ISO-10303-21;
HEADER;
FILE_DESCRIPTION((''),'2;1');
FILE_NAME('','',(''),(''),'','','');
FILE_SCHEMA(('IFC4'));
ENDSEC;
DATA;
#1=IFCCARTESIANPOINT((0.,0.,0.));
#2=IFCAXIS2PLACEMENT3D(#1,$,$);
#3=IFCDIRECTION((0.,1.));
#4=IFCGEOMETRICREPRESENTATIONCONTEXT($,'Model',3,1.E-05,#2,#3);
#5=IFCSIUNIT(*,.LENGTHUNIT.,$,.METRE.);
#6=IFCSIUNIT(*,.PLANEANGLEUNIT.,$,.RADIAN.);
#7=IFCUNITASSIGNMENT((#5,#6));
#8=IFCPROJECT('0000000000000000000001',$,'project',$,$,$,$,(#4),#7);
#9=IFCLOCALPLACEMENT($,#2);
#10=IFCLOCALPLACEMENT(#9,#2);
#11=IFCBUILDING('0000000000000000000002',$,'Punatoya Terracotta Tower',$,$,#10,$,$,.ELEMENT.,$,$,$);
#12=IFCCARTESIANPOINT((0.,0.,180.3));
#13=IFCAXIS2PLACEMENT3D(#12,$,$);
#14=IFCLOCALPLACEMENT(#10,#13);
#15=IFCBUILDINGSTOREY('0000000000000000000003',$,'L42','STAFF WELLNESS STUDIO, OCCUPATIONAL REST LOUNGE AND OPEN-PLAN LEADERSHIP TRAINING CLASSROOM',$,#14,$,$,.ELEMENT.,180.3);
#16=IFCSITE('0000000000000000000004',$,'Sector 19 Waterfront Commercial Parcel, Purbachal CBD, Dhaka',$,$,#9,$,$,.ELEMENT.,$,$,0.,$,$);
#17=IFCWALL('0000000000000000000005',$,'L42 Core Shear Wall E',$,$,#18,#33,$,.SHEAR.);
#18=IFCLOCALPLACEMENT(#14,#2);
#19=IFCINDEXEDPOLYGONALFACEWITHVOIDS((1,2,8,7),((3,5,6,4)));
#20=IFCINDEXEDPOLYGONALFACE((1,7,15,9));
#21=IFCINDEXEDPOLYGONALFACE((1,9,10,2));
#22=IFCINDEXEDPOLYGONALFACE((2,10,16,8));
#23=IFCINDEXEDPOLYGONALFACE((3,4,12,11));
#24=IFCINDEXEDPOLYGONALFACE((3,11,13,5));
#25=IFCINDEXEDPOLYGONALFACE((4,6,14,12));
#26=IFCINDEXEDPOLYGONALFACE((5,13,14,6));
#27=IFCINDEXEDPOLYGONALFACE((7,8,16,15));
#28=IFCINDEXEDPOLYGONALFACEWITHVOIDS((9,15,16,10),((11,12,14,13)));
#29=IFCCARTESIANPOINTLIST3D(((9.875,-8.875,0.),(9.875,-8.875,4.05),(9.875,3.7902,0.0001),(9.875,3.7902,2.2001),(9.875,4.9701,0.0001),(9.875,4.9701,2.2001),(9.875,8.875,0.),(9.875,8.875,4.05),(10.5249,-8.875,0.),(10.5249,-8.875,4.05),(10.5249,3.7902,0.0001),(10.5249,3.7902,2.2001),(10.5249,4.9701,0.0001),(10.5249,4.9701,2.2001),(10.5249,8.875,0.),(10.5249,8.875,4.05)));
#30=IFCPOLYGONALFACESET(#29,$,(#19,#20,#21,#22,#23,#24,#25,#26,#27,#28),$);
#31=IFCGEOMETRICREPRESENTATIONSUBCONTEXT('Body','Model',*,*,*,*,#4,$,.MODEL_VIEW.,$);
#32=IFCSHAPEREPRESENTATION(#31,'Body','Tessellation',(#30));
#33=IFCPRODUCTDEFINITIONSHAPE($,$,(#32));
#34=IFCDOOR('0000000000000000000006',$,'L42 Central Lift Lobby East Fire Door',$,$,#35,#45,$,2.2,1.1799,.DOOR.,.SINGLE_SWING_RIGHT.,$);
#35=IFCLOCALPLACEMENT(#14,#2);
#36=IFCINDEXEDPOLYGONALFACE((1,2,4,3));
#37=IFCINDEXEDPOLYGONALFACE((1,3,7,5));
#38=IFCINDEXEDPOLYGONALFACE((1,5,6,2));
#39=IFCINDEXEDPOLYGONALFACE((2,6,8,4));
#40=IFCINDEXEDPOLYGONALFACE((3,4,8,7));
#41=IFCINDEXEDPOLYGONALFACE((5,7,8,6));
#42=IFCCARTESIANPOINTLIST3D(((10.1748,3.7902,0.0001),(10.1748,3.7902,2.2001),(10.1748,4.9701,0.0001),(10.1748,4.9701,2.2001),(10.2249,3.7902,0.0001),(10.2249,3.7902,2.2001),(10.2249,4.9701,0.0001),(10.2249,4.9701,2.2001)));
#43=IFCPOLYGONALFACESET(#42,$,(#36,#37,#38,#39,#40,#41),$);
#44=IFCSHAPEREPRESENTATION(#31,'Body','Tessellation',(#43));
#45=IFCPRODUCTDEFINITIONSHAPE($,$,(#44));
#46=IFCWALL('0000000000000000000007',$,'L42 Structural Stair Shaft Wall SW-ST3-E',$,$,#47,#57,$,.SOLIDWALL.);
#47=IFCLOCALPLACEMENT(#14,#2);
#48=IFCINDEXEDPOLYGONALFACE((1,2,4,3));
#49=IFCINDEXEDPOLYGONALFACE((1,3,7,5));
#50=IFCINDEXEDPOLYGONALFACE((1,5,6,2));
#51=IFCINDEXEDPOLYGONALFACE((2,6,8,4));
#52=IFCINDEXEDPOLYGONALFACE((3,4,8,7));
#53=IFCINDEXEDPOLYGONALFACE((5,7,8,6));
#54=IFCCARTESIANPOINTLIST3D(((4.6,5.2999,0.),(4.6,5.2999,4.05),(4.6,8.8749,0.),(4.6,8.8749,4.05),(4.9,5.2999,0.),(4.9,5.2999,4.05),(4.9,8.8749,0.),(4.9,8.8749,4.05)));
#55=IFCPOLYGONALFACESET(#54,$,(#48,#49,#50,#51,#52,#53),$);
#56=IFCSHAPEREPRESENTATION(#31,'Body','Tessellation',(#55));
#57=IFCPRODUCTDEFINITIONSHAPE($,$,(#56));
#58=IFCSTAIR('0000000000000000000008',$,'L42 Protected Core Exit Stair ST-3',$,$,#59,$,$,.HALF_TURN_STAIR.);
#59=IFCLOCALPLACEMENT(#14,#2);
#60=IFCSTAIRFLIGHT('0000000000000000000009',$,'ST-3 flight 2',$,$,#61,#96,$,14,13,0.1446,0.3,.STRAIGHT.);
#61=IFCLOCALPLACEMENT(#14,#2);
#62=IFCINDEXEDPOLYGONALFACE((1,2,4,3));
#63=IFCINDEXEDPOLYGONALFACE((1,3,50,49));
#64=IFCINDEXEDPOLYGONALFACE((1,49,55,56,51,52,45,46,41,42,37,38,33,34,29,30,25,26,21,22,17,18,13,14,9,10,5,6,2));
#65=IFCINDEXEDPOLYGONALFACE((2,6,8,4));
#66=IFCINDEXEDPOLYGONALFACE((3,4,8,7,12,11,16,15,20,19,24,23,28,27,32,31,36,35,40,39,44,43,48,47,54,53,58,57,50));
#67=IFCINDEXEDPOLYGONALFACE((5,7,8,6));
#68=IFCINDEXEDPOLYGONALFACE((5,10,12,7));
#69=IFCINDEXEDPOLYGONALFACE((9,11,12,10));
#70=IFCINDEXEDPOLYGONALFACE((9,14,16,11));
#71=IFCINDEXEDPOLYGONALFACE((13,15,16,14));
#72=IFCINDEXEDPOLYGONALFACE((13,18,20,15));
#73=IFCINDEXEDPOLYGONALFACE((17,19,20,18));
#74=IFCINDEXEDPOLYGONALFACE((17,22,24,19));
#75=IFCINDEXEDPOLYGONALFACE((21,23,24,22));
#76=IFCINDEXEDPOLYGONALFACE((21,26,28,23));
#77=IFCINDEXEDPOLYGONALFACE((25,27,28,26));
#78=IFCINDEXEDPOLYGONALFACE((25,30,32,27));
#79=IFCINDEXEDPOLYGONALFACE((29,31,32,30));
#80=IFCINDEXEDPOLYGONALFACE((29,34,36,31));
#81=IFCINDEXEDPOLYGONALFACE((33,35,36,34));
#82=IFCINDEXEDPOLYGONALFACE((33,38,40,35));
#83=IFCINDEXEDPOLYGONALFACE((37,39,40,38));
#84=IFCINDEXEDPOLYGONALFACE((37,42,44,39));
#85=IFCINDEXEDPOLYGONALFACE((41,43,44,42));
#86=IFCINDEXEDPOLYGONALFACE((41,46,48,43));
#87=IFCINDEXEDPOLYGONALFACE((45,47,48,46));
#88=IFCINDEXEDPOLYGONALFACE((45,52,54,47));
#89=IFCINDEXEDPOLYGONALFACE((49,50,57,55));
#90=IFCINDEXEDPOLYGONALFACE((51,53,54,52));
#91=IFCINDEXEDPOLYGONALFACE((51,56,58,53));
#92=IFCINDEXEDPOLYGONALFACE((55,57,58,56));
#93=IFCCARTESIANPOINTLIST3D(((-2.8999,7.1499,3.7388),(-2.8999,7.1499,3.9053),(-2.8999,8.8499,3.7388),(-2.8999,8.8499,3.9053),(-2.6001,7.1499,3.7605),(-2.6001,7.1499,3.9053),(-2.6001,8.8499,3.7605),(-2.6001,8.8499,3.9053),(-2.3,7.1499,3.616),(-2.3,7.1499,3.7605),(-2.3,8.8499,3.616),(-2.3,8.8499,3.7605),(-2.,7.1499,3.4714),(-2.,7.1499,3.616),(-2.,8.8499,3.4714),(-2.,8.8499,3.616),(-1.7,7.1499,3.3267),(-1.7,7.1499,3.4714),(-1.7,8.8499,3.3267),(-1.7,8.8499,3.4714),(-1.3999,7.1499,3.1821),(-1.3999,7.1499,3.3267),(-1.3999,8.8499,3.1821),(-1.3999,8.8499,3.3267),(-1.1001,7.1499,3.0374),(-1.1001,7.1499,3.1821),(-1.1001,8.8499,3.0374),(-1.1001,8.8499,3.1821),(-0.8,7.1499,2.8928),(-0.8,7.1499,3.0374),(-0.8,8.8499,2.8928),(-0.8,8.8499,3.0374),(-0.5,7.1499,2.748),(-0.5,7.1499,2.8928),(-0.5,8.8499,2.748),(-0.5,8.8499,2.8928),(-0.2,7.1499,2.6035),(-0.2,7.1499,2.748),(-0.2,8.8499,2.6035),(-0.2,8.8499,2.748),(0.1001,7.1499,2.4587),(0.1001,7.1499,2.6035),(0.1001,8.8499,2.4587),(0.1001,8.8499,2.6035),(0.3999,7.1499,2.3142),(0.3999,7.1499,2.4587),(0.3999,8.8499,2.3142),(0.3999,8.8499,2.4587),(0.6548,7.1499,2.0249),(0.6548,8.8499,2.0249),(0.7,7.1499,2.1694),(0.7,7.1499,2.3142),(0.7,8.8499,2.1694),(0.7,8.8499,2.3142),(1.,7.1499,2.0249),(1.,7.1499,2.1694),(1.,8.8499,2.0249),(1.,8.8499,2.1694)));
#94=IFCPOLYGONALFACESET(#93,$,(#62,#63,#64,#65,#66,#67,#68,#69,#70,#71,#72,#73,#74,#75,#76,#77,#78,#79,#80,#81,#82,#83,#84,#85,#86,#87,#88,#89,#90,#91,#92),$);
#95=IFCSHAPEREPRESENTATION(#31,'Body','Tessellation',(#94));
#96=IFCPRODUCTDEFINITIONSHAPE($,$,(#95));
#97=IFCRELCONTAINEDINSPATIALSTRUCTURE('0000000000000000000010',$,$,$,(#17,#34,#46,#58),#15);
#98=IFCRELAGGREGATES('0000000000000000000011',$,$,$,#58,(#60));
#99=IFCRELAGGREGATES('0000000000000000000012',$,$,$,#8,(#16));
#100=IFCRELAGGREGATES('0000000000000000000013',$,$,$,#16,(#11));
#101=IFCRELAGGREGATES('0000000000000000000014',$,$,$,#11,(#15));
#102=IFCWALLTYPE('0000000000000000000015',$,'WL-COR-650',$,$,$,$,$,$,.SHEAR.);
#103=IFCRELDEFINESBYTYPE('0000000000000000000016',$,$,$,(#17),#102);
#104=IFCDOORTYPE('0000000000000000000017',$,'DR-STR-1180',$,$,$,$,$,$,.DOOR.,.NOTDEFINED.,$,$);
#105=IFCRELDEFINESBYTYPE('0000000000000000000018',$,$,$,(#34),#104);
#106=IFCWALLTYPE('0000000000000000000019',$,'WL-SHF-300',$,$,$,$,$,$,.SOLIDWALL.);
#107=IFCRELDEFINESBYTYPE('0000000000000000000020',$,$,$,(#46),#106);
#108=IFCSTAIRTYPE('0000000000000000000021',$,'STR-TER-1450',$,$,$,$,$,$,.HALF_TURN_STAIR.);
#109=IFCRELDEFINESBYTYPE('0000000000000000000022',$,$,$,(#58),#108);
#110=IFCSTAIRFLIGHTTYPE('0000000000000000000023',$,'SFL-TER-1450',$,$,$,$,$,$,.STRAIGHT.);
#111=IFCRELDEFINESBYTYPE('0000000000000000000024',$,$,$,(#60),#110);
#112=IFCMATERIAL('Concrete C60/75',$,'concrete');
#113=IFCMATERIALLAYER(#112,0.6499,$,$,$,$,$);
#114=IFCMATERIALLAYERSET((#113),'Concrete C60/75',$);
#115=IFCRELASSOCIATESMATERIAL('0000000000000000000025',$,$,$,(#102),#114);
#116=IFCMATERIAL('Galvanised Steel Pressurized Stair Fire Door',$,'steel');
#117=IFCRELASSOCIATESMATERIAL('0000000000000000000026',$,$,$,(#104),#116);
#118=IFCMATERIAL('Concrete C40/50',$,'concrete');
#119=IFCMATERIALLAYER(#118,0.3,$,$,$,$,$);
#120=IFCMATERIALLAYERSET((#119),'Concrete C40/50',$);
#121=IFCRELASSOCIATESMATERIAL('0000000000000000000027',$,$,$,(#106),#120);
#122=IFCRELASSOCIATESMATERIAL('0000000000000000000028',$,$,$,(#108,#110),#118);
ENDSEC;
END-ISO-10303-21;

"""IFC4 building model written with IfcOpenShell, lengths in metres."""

from ifc_helpers import new_model, si_unit, direction, frame, frame_2d, origin, place, context, subcontext, project, spatial, polyline, rectangle, outline, extrude, material, layer, layer_set, type_object, element, fill, aggregate, save


model = new_model("IFC4")

# Units and contexts
model_context = context("Model", 3, precision=1e-05, world=origin(), true_north=direction((0.0, 1.0)))
body_context = subcontext(model_context, "Body", "Model", "MODEL_VIEW")
ifc_project = project(units=[si_unit("LENGTHUNIT", "METRE"), si_unit("PLANEANGLEUNIT", "RADIAN")], contexts=[model_context])

# Site, building, storey
site_placement = place(None, origin())
site = spatial("IfcSite", under=ifc_project, at=site_placement, Name="Sector 19 Waterfront Commercial Parcel, Purbachal CBD, Dhaka", CompositionType="ELEMENT", RefElevation=0.0)
building_placement = place(site_placement, origin())
building = spatial("IfcBuilding", under=site, at=building_placement, Name="Punatoya Terracotta Tower", CompositionType="ELEMENT")
storey_placement = place(building_placement, frame((0.0, 0.0, 180.3)))
storey = spatial("IfcBuildingStorey", under=building, at=storey_placement, Name="L42", Description="STAFF WELLNESS STUDIO, OCCUPATIONAL REST LOUNGE AND OPEN-PLAN LEADERSHIP TRAINING CLASSROOM", CompositionType="ELEMENT", Elevation=180.3)

# Shared definitions
ifc_material_1 = material(Name="Concrete C40/50", Category="concrete")

# Wall, opening, door
ifc_material_2 = material(Name="Concrete C60/75", Category="concrete")
ifc_layer_1 = layer(ifc_material_2, 0.6499)
ifc_layer_set_1 = layer_set([ifc_layer_1], Name="Concrete C60/75")
wall_type_1 = type_object("IfcWallType", Name="WL-COR-650", PredefinedType="SHEAR", material=ifc_layer_set_1)
wall_1_placement = place(storey_placement, frame((10.2, 8.875, 0.0), z_axis=(0.0, 0.0, 1.0), x_axis=(0.0, -1.0, 0.0)))
wall_1 = element("IfcWall", 1, at=wall_1_placement, inside=storey, type_object=wall_type_1, Name="L42 Core Shear Wall E", PredefinedType="SHEAR", context=body_context, shape_type="SweptSolid", body=[
    extrude(rectangle(XDim=17.75, YDim=0.6499, at=frame_2d((8.875, 0.0))), origin(), (0.0, 0.0, 1.0), 4.05),
])
opening_placement = place(wall_1_placement, frame((3.905, 0.0, 0.0)))
opening = element("IfcOpeningElement", 2, at=opening_placement, cuts=wall_1, PredefinedType="OPENING", context=body_context, shape_type="SweptSolid", body=[
    extrude(rectangle(XDim=1.1799, YDim=2.2, at=frame_2d((0.5898, 1.1001))), frame((0.0, 0.335, 0.0), z_axis=(0.0, -1.0, 0.0), x_axis=(1.0, 0.0, 0.0)), (0.0, 0.0, 1.0), 0.6699),
])
ifc_material_3 = material(Name="Galvanised Steel Pressurized Stair Fire Door", Category="steel")
door_type = type_object("IfcDoorType", Name="DR-STR-1180", OperationType="NOTDEFINED", PredefinedType="DOOR", material=ifc_material_3)
door_placement = place(opening_placement, origin())
door = element("IfcDoor", 3, at=door_placement, inside=storey, type_object=door_type, Name="L42 Central Lift Lobby East Fire Door", OperationType="SINGLE_SWING_RIGHT", OverallHeight=2.2, OverallWidth=1.1799, PredefinedType="DOOR", context=body_context, shape_type="SweptSolid", body=[
    extrude(rectangle(XDim=1.1799, YDim=2.2, at=frame_2d((0.5898, 1.1001))), frame((0.0, 0.0249, 0.0), z_axis=(0.0, -1.0, 0.0), x_axis=(1.0, 0.0, 0.0)), (0.0, 0.0, 1.0), 0.05),
])
fill(opening, door)

# Wall
ifc_layer_2 = layer(ifc_material_1, 0.3)
ifc_layer_set_2 = layer_set([ifc_layer_2], Name="Concrete C40/50")
wall_type_2 = type_object("IfcWallType", Name="WL-SHF-300", PredefinedType="SOLIDWALL", material=ifc_layer_set_2)
wall_2_placement = place(storey_placement, frame((4.75, 8.875, 0.0), z_axis=(0.0, 0.0, 1.0), x_axis=(0.0, -1.0, 0.0)))
element("IfcWall", 4, at=wall_2_placement, inside=storey, type_object=wall_type_2, Name="L42 Structural Stair Shaft Wall SW-ST3-E", PredefinedType="SOLIDWALL", context=body_context, shape_type="SweptSolid", body=[
    extrude(rectangle(XDim=3.575, YDim=0.3, at=frame_2d((1.7876, 0.0))), origin(), (0.0, 0.0, 1.0), 4.05),
])

# Stair, stair flight
stair_type = type_object("IfcStairType", Name="STR-TER-1450", PredefinedType="HALF_TURN_STAIR", material=ifc_material_1)
stair_placement = place(storey_placement, origin())
stair = element("IfcStair", 5, at=stair_placement, inside=storey, type_object=stair_type, Name="L42 Protected Core Exit Stair ST-3", PredefinedType="HALF_TURN_STAIR")
stair_flight_type = type_object("IfcStairFlightType", Name="SFL-TER-1450", PredefinedType="STRAIGHT", material=ifc_material_1)
stair_flight_placement = place(storey_placement, frame((1.0, 8.0, 2.0249), z_axis=(0.0, 0.0, 1.0), x_axis=(-1.0, 0.0, 0.0)))
stair_flight = element("IfcStairFlight", 6, at=stair_flight_placement, type_object=stair_flight_type, Name="ST-3 flight 2", NumberOfRisers=14, NumberOfTreads=13, PredefinedType="STRAIGHT", RiserHeight=0.1446, TreadLength=0.3, context=body_context, shape_type="SweptSolid", body=[
    extrude(outline(polyline([(0.0, 0.0), (0.0, 0.1445), (0.3, 0.1445), (0.3, 0.2893), (0.6001, 0.2893), (0.6001, 0.4338), (0.8999, 0.4338), (0.8999, 0.5786), (1.2, 0.5786), (1.2, 0.7231), (1.5, 0.7231), (1.5, 0.8679), (1.8, 0.8679), (1.8, 1.0125), (2.1001, 1.0125), (2.1001, 1.1572), (2.3999, 1.1572), (2.3999, 1.3018), (2.7, 1.3018), (2.7, 1.4465), (3.0, 1.4465), (3.0, 1.5911), (3.3, 1.5911), (3.3, 1.7356), (3.6001, 1.7356), (3.6001, 1.8804), (3.8999, 1.8804), (3.8999, 2.0249), (3.8999, 1.7139), (0.3452, 0.0), (0.0, 0.0)])), frame((0.0, 0.8501, 0.0), z_axis=(0.0, -1.0, 0.0), x_axis=(1.0, 0.0, 0.0)), (0.0, 0.0, 1.0), 1.7),
])
aggregate(stair, [stair_flight])

save(model, "model.ifc")
